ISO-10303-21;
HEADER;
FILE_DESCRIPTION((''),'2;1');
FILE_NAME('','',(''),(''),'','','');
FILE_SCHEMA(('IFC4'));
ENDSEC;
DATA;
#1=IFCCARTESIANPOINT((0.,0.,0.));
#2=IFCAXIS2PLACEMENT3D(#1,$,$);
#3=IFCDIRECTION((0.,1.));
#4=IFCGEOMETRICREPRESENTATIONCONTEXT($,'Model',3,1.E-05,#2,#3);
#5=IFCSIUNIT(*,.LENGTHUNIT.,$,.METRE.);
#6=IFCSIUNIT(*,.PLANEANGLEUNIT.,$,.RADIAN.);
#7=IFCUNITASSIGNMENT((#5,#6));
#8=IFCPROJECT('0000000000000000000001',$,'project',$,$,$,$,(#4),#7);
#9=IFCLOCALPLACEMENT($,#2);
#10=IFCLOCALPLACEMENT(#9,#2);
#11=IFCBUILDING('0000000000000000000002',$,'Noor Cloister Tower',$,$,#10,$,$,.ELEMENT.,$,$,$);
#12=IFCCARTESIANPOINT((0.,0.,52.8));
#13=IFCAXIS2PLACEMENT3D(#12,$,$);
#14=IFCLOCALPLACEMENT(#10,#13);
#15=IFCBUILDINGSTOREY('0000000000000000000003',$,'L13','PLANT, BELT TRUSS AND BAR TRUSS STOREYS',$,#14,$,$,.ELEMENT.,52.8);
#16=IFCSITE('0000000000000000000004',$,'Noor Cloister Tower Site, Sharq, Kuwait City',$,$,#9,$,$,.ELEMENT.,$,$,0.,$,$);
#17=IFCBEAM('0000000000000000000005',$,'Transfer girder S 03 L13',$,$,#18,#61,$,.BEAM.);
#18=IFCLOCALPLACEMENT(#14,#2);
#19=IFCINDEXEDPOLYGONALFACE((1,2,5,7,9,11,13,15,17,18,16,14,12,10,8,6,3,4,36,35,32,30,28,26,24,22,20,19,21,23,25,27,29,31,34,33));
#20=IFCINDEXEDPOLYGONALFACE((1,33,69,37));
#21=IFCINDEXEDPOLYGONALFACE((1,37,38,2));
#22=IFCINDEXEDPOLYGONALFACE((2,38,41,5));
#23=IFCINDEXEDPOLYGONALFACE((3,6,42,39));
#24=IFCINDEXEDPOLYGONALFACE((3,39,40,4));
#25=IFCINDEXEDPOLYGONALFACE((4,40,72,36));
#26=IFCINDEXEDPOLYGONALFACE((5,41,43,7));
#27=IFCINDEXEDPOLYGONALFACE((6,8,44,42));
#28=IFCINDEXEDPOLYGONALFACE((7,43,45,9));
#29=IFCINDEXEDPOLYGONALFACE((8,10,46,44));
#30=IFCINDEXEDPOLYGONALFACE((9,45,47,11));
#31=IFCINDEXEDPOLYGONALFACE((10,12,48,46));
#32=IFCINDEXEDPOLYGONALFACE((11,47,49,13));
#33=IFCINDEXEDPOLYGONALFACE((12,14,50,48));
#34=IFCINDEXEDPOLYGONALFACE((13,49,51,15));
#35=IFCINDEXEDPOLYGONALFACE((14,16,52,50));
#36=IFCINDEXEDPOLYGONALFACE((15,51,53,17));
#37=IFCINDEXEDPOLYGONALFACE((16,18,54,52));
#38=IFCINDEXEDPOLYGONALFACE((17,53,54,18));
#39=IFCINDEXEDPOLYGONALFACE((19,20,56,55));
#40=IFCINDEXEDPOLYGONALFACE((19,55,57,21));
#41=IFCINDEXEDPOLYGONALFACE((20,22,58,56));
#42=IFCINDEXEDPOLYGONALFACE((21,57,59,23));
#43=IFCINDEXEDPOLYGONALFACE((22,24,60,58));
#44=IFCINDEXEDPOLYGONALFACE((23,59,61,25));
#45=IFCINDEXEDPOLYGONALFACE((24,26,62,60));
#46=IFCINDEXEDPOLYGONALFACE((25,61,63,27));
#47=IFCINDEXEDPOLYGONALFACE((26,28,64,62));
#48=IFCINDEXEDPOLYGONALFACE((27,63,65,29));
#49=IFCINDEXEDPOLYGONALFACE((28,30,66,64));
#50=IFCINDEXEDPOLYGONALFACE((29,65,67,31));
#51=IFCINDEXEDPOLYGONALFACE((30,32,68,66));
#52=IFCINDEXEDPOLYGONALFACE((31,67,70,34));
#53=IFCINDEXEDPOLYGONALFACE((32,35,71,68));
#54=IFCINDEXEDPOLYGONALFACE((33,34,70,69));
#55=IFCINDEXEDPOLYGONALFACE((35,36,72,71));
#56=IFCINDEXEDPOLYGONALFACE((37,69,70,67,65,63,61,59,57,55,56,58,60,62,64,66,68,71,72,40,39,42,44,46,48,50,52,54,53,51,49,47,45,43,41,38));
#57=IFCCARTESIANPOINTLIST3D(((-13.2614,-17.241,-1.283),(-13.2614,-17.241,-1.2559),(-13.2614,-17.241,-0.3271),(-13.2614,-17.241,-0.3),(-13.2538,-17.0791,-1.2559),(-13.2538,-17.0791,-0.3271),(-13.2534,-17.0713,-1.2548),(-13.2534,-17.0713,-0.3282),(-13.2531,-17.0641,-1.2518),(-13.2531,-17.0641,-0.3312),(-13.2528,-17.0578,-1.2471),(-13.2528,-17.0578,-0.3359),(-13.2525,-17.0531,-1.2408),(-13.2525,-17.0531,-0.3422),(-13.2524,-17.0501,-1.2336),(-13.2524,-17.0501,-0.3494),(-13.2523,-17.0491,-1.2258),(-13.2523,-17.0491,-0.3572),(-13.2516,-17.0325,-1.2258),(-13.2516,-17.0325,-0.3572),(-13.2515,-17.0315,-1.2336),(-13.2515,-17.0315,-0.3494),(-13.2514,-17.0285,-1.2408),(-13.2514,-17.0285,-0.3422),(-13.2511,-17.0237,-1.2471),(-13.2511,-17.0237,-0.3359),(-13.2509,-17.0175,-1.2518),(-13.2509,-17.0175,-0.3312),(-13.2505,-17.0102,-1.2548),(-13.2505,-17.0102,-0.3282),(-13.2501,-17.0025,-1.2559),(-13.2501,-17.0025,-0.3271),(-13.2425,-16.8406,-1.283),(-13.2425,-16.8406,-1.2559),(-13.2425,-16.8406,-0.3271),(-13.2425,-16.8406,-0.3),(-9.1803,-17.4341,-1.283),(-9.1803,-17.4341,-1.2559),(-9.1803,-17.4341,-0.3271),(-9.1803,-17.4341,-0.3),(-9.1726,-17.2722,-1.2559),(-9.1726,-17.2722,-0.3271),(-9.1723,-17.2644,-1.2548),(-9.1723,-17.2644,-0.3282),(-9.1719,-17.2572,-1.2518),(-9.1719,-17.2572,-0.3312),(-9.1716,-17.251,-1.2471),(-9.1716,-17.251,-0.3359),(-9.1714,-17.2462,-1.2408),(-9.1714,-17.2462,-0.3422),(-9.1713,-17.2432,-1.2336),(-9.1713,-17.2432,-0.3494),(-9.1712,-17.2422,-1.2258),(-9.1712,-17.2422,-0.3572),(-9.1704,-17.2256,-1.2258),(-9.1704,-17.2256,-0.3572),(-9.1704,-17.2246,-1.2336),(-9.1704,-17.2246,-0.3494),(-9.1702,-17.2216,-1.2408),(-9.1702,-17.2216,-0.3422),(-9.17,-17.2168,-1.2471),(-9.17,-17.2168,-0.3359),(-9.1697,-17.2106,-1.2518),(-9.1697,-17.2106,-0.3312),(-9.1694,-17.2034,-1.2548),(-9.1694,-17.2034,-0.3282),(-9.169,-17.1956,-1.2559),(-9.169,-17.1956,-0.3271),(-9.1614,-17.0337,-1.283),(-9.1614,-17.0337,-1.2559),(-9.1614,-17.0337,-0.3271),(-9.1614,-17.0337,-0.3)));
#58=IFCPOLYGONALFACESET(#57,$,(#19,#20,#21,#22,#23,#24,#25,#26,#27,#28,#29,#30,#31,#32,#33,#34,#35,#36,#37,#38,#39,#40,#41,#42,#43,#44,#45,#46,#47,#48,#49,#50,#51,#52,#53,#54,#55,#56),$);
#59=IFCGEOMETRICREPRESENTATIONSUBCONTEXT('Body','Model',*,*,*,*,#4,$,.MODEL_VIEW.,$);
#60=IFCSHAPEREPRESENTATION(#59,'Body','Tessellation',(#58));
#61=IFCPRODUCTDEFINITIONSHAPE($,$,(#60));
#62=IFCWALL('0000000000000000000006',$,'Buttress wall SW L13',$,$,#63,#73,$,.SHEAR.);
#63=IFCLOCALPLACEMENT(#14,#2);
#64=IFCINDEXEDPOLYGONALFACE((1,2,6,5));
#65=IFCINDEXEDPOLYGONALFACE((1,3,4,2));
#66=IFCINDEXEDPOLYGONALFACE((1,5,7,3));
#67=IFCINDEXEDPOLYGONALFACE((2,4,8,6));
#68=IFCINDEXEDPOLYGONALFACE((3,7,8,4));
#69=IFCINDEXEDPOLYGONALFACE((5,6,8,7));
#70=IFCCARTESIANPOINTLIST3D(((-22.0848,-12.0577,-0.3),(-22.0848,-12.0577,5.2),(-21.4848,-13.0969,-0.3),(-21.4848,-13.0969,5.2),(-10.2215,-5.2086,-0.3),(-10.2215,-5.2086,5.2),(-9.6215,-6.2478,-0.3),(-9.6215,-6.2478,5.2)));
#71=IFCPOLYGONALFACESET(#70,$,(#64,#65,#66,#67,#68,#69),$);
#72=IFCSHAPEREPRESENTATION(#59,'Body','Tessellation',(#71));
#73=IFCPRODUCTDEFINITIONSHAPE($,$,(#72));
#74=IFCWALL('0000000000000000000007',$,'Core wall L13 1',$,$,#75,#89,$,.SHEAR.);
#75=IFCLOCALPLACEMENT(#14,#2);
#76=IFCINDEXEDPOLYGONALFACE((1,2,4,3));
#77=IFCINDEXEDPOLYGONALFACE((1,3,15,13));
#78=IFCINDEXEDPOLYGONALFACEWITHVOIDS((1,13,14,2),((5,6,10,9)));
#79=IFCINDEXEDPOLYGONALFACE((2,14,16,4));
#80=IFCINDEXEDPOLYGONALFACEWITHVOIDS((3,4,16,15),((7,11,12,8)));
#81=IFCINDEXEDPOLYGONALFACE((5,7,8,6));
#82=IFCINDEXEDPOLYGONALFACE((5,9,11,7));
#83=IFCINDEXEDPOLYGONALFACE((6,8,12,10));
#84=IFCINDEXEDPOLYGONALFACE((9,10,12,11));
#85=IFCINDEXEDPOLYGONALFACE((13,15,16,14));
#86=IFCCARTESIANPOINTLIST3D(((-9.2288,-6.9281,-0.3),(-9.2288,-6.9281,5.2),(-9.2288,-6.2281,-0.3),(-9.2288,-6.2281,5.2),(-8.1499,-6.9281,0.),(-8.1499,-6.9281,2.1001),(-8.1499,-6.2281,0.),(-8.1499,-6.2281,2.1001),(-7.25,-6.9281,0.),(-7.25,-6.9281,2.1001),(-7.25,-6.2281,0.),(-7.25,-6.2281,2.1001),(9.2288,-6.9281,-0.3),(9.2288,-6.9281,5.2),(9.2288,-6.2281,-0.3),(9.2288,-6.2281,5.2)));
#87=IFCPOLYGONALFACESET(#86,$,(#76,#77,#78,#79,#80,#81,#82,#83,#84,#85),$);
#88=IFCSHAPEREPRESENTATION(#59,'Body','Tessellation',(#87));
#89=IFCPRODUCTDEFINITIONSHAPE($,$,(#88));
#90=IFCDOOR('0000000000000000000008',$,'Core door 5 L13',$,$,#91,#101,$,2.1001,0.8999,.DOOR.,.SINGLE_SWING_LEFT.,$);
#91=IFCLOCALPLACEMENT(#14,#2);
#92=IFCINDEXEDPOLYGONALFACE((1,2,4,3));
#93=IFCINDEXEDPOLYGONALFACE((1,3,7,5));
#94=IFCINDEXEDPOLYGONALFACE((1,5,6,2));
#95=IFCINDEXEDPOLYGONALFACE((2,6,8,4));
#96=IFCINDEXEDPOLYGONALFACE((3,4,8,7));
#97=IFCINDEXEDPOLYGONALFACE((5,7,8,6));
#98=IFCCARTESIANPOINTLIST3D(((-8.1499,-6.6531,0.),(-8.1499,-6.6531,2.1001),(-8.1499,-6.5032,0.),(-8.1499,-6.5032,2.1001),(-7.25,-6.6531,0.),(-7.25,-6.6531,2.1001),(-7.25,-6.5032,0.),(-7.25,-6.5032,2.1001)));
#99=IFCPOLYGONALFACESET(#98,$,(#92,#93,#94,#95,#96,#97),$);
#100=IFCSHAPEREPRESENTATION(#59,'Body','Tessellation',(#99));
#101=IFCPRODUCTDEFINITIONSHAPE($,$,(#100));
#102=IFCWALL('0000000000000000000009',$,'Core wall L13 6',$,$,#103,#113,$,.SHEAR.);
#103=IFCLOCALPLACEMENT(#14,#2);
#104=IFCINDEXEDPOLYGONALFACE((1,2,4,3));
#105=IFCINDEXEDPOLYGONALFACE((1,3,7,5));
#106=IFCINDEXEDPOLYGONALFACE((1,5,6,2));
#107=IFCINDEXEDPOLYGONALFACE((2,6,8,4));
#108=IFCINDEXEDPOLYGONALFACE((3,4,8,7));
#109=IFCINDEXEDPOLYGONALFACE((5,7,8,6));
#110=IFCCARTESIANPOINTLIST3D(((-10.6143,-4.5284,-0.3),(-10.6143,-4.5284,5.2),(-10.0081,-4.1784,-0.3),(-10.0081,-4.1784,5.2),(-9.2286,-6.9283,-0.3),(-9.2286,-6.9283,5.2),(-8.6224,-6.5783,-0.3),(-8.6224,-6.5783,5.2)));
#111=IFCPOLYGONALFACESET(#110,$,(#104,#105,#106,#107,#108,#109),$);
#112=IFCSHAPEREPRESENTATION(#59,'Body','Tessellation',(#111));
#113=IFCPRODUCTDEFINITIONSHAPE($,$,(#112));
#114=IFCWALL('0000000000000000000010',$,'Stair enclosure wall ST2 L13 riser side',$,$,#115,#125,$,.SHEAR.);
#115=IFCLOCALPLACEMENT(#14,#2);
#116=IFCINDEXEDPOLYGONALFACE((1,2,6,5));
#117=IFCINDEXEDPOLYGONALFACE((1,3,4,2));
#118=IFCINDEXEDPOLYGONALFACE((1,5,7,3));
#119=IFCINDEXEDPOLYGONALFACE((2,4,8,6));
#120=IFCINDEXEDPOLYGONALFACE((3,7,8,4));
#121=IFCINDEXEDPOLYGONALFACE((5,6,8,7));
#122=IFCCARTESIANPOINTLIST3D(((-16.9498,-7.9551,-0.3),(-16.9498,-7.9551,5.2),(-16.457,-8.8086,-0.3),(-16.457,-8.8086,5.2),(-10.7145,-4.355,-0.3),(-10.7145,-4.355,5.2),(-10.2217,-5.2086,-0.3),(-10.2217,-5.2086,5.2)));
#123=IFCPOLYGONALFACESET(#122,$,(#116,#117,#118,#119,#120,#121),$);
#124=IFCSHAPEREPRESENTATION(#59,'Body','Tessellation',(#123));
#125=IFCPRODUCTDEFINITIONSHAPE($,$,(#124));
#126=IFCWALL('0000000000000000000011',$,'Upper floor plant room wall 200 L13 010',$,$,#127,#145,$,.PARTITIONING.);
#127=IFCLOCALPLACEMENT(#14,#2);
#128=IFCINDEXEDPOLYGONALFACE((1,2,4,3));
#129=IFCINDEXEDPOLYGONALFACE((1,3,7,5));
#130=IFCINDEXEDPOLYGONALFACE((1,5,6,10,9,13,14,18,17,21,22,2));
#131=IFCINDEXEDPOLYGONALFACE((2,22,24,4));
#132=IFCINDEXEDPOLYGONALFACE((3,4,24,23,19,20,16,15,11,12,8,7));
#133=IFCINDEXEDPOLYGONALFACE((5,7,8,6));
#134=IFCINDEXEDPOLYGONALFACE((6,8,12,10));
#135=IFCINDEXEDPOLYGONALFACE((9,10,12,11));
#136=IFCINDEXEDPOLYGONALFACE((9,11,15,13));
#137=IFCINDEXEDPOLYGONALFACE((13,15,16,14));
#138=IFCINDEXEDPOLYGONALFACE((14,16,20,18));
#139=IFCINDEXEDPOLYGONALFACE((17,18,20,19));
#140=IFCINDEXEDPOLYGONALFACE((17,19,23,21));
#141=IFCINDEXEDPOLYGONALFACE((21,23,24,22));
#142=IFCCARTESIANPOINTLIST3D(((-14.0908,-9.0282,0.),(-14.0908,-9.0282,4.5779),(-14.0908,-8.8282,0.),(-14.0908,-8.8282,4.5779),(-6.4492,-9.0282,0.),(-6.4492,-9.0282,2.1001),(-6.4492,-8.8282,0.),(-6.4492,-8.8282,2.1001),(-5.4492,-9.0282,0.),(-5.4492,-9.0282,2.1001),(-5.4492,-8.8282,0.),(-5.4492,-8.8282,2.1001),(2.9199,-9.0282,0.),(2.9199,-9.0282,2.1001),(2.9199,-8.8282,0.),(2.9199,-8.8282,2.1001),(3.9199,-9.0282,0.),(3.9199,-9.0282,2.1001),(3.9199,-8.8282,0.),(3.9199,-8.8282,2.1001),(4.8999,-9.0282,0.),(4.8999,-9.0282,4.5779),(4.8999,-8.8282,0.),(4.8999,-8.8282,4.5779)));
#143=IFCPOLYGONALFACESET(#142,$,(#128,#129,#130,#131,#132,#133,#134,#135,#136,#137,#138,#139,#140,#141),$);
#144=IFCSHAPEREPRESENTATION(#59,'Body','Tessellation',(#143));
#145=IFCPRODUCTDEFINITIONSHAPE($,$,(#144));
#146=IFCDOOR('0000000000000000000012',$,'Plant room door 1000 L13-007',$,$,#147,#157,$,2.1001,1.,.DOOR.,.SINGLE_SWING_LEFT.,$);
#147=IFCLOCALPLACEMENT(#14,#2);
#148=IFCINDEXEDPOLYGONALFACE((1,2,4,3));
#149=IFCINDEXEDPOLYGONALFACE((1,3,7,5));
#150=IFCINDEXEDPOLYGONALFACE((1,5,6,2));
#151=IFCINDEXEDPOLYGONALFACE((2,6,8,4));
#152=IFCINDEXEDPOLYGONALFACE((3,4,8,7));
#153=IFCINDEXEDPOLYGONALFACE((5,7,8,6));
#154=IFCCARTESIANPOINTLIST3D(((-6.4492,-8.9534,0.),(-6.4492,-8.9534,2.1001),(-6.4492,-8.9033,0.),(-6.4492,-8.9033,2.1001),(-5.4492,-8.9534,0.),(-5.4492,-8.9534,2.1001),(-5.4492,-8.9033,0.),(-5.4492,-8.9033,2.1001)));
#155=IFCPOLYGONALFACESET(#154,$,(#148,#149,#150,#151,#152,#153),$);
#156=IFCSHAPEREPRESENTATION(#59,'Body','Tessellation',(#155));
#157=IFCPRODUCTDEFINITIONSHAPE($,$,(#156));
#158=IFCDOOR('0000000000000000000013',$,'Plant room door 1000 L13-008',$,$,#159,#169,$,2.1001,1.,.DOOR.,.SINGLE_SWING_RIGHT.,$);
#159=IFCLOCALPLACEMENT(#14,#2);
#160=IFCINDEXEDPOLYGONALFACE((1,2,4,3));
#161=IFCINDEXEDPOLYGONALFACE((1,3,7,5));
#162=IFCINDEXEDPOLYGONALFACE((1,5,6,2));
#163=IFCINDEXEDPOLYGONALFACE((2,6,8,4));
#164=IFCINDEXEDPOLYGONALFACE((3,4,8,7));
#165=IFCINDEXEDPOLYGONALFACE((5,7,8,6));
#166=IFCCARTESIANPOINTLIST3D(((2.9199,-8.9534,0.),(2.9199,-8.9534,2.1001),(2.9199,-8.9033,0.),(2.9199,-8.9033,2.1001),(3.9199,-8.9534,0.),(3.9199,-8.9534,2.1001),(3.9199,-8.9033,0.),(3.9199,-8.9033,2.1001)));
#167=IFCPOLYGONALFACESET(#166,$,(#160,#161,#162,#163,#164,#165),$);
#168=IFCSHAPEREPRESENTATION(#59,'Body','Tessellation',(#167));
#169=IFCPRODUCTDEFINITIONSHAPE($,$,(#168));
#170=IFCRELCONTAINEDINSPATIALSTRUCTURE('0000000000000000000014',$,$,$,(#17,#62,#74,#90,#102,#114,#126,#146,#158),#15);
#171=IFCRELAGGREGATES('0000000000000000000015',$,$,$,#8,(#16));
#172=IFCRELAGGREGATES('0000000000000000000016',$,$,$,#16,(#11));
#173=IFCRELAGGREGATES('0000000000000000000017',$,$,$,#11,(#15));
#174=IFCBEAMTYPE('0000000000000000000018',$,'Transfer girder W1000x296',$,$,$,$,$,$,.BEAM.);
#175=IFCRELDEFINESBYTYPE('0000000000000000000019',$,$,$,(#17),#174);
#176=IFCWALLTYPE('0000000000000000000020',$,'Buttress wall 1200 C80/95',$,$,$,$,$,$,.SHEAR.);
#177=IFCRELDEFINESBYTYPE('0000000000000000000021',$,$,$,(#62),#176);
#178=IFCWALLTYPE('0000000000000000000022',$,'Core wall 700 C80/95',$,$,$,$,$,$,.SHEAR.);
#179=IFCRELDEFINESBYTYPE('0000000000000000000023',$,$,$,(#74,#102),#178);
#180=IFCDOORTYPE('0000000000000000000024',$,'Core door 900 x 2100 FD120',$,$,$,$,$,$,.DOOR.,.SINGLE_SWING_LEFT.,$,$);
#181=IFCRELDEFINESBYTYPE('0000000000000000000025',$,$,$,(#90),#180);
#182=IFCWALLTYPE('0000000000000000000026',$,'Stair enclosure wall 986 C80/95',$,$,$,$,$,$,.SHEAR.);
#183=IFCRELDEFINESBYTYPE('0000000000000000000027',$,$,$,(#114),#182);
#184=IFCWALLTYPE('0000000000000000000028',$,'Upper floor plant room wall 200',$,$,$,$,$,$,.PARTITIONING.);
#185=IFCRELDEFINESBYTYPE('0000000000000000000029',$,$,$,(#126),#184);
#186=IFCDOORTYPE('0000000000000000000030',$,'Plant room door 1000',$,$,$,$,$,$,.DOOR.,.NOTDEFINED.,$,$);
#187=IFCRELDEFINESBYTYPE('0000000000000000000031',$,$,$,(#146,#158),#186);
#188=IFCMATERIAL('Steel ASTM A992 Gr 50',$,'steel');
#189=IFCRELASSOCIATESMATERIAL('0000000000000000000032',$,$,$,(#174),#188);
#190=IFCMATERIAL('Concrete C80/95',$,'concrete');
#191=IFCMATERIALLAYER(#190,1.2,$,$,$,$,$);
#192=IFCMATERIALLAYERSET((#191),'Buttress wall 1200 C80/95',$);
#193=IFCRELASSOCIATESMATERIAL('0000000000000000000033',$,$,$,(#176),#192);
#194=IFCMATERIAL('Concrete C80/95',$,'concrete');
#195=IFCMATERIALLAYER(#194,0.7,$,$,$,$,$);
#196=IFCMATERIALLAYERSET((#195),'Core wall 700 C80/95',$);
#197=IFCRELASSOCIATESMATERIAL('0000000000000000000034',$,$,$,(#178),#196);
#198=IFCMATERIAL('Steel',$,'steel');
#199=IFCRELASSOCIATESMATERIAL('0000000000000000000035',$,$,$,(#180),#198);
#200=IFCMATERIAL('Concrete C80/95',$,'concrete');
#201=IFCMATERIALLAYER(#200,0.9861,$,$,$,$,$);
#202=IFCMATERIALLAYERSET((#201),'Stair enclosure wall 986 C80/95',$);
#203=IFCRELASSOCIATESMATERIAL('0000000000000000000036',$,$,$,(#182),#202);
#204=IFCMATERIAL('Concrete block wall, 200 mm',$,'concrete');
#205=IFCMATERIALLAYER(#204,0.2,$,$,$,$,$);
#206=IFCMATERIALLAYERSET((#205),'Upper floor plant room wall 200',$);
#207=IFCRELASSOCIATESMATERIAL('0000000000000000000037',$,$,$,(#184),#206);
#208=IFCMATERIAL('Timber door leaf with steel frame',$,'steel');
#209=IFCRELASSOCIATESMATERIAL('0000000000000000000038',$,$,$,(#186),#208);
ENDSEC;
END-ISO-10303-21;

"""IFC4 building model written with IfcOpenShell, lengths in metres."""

from ifc_helpers import new_model, si_unit, direction, frame, frame_2d, origin, origin_2d, place, context, subcontext, project, spatial, rectangle, i_section, extrude, material, layer, layer_set, material_profile, profile_set, type_object, element, fill, save


model = new_model("IFC4")

# Units and contexts
model_context = context("Model", 3, precision=1e-05, world=origin(), true_north=direction((0.0, 1.0)))
body_context = subcontext(model_context, "Body", "Model", "MODEL_VIEW")
ifc_project = project(units=[si_unit("LENGTHUNIT", "METRE"), si_unit("PLANEANGLEUNIT", "RADIAN")], contexts=[model_context])

# Site, building, storey
site_placement = place(None, origin())
site = spatial("IfcSite", under=ifc_project, at=site_placement, Name="Noor Cloister Tower Site, Sharq, Kuwait City", CompositionType="ELEMENT", RefElevation=0.0)
building_placement = place(site_placement, origin())
building = spatial("IfcBuilding", under=site, at=building_placement, Name="Noor Cloister Tower", CompositionType="ELEMENT")
storey_placement = place(building_placement, frame((0.0, 0.0, 52.8)))
storey = spatial("IfcBuildingStorey", under=building, at=storey_placement, Name="L13", Description="PLANT, BELT TRUSS AND BAR TRUSS STOREYS", CompositionType="ELEMENT", Elevation=52.8)

# Beam
ifc_material_1 = material(Name="Steel ASTM A992 Gr 50", Category="steel")
ifc_material_profile_1 = material_profile(ifc_material_1, i_section(OverallWidth=0.4009, OverallDepth=0.9829, WebThickness=0.0166, FlangeThickness=0.0271, FilletRadius=0.03, at=origin_2d()), Name="W1000x296")
ifc_profile_set_1 = profile_set([ifc_material_profile_1], Name="Steel ASTM A992 Gr 50")
beam_type = type_object("IfcBeamType", Name="Transfer girder W1000x296", PredefinedType="BEAM", material=ifc_profile_set_1)
beam_placement = place(storey_placement, frame((-13.252, -17.0408, -0.7915), z_axis=(0.998882, -0.047267, 0.0), x_axis=(0.047267, 0.998882, 0.0)))
element("IfcBeam", 1, at=beam_placement, inside=storey, type_object=beam_type, Name="Transfer girder S 03 L13", PredefinedType="BEAM", context=body_context, shape_type="SweptSolid", body=[
    extrude(i_section(OverallWidth=0.4009, OverallDepth=0.9829, WebThickness=0.0166, FlangeThickness=0.0271, FilletRadius=0.03, at=origin_2d()), origin(), (0.0, 0.0, 1.0), 4.0857),
])

# Wall
ifc_material_2 = material(Name="Concrete C80/95", Category="concrete")
ifc_layer_1 = layer(ifc_material_2, 1.2)
ifc_layer_set_1 = layer_set([ifc_layer_1], Name="Buttress wall 1200 C80/95")
wall_type_1 = type_object("IfcWallType", Name="Buttress wall 1200 C80/95", PredefinedType="SHEAR", material=ifc_layer_set_1)
wall_1_placement = place(storey_placement, frame((-9.9216, -5.7283, -0.3), z_axis=(0.0, 0.0, 1.0), x_axis=(-0.86603, -0.499992, 0.0)))
element("IfcWall", 2, at=wall_1_placement, inside=storey, type_object=wall_type_1, Name="Buttress wall SW L13", PredefinedType="SHEAR", context=body_context, shape_type="SweptSolid", body=[
    extrude(rectangle(XDim=13.6985, YDim=1.2, at=frame_2d((6.8491, 0.0))), origin(), (0.0, 0.0, 1.0), 5.5),
])

# Wall, opening, door
ifc_material_3 = material(Name="Concrete C80/95", Category="concrete")
ifc_layer_2 = layer(ifc_material_3, 0.7)
ifc_layer_set_2 = layer_set([ifc_layer_2], Name="Core wall 700 C80/95")
wall_type_2 = type_object("IfcWallType", Name="Core wall 700 C80/95", PredefinedType="SHEAR", material=ifc_layer_set_2)
wall_2_placement = place(storey_placement, frame((-9.2288, -6.5781, -0.3), z_axis=(0.0, 0.0, 1.0), x_axis=(1.0, 0.0, 0.0)))
wall_2 = element("IfcWall", 3, at=wall_2_placement, inside=storey, type_object=wall_type_2, Name="Core wall L13 1", PredefinedType="SHEAR", context=body_context, shape_type="SweptSolid", body=[
    extrude(rectangle(XDim=18.4575, YDim=0.7, at=frame_2d((9.2288, 0.0))), origin(), (0.0, 0.0, 1.0), 5.5),
])
opening_1_placement = place(wall_2_placement, frame((1.0789, 0.0, 0.3)))
opening_1 = element("IfcOpeningElement", 4, at=opening_1_placement, cuts=wall_2, PredefinedType="OPENING", context=body_context, shape_type="SweptSolid", body=[
    extrude(rectangle(XDim=0.8999, YDim=2.1001, at=frame_2d((0.45, 1.05))), frame((0.0, 0.3599, 0.0), z_axis=(0.0, -1.0, 0.0), x_axis=(1.0, 0.0, 0.0)), (0.0, 0.0, 1.0), 0.72),
])
ifc_material_4 = material(Name="Steel", Category="steel")
door_type_1 = type_object("IfcDoorType", Name="Core door 900 x 2100 FD120", OperationType="SINGLE_SWING_LEFT", PredefinedType="DOOR", material=ifc_material_4)
door_1_placement = place(opening_1_placement, origin())
door_1 = element("IfcDoor", 5, at=door_1_placement, inside=storey, type_object=door_type_1, Name="Core door 5 L13", OperationType="SINGLE_SWING_LEFT", OverallHeight=2.1001, OverallWidth=0.8999, PredefinedType="DOOR", context=body_context, shape_type="SweptSolid", body=[
    extrude(rectangle(XDim=0.8999, YDim=2.1001, at=frame_2d((0.45, 1.05))), frame((0.0, 0.075, 0.0), z_axis=(0.0, -1.0, 0.0), x_axis=(1.0, 0.0, 0.0)), (0.0, 0.0, 1.0), 0.1499),
])
fill(opening_1, door_1)

# Walls
wall_3_placement = place(storey_placement, frame((-10.3113, -4.3533, -0.3), z_axis=(0.0, 0.0, 1.0), x_axis=(0.500043, -0.866001, 0.0)))
element("IfcWall", 6, at=wall_3_placement, inside=storey, type_object=wall_type_2, Name="Core wall L13 6", PredefinedType="SHEAR", context=body_context, shape_type="SweptSolid", body=[
    extrude(rectangle(XDim=2.7712, YDim=0.7, at=frame_2d((1.3857, 0.0))), origin(), (0.0, 0.0, 1.0), 5.5),
])
ifc_material_5 = material(Name="Concrete C80/95", Category="concrete")
ifc_layer_3 = layer(ifc_material_5, 0.9861)
ifc_layer_set_3 = layer_set([ifc_layer_3], Name="Stair enclosure wall 986 C80/95")
wall_type_3 = type_object("IfcWallType", Name="Stair enclosure wall 986 C80/95", PredefinedType="SHEAR", material=ifc_layer_set_3)
wall_4_placement = place(storey_placement, frame((-10.468, -4.7817, -0.3), z_axis=(0.0, 0.0, 1.0), x_axis=(-0.866018, -0.500012, 0.0)))
element("IfcWall", 7, at=wall_4_placement, inside=storey, type_object=wall_type_3, Name="Stair enclosure wall ST2 L13 riser side", PredefinedType="SHEAR", context=body_context, shape_type="SweptSolid", body=[
    extrude(rectangle(XDim=7.2, YDim=0.9856, at=frame_2d((3.6001, 0.0))), origin(), (0.0, 0.0, 1.0), 5.5),
])

# Wall, openings, doors
ifc_material_6 = material(Name="Concrete block wall, 200 mm", Category="concrete")
ifc_layer_4 = layer(ifc_material_6, 0.2)
ifc_layer_set_4 = layer_set([ifc_layer_4], Name="Upper floor plant room wall 200")
wall_type_4 = type_object("IfcWallType", Name="Upper floor plant room wall 200", PredefinedType="PARTITIONING", material=ifc_layer_set_4)
wall_5_placement = place(storey_placement, frame((-14.0908, -8.9282, 0.0), z_axis=(0.0, 0.0, 1.0), x_axis=(1.0, 0.0, 0.0)))
wall_5 = element("IfcWall", 8, at=wall_5_placement, inside=storey, type_object=wall_type_4, Name="Upper floor plant room wall 200 L13 010", PredefinedType="PARTITIONING", context=body_context, shape_type="SweptSolid", body=[
    extrude(rectangle(XDim=18.9907, YDim=0.2, at=frame_2d((9.4954, 0.0))), origin(), (0.0, 0.0, 1.0), 4.5779),
])
opening_2_placement = place(wall_5_placement, frame((7.6416, 0.0, 0.0)))
opening_2 = element("IfcOpeningElement", 9, at=opening_2_placement, cuts=wall_5, PredefinedType="OPENING", context=body_context, shape_type="SweptSolid", body=[
    extrude(rectangle(XDim=1.0, YDim=2.1001, at=frame_2d((0.5, 1.05))), frame((0.0, 0.1099, 0.0), z_axis=(0.0, -1.0, 0.0), x_axis=(1.0, 0.0, 0.0)), (0.0, 0.0, 1.0), 0.22),
])
opening_3_placement = place(wall_5_placement, frame((17.0107, 0.0, 0.0)))
opening_3 = element("IfcOpeningElement", 10, at=opening_3_placement, cuts=wall_5, PredefinedType="OPENING", context=body_context, shape_type="SweptSolid", body=[
    extrude(rectangle(XDim=1.0, YDim=2.1001, at=frame_2d((0.5, 1.05))), frame((0.0, 0.1099, 0.0), z_axis=(0.0, -1.0, 0.0), x_axis=(1.0, 0.0, 0.0)), (0.0, 0.0, 1.0), 0.22),
])
ifc_material_7 = material(Name="Timber door leaf with steel frame", Category="steel")
door_type_2 = type_object("IfcDoorType", Name="Plant room door 1000", OperationType="NOTDEFINED", PredefinedType="DOOR", material=ifc_material_7)
door_2_placement = place(opening_2_placement, origin())
door_2 = element("IfcDoor", 11, at=door_2_placement, inside=storey, type_object=door_type_2, Name="Plant room door 1000 L13-007", OperationType="SINGLE_SWING_LEFT", OverallHeight=2.1001, OverallWidth=1.0, PredefinedType="DOOR", context=body_context, shape_type="SweptSolid", body=[
    extrude(rectangle(XDim=1.0, YDim=2.1001, at=frame_2d((0.5, 1.05))), frame((0.0, 0.0249, 0.0), z_axis=(0.0, -1.0, 0.0), x_axis=(1.0, 0.0, 0.0)), (0.0, 0.0, 1.0), 0.05),
])
fill(opening_2, door_2)
door_3_placement = place(opening_3_placement, origin())
door_3 = element("IfcDoor", 12, at=door_3_placement, inside=storey, type_object=door_type_2, Name="Plant room door 1000 L13-008", OperationType="SINGLE_SWING_RIGHT", OverallHeight=2.1001, OverallWidth=1.0, PredefinedType="DOOR", context=body_context, shape_type="SweptSolid", body=[
    extrude(rectangle(XDim=1.0, YDim=2.1001, at=frame_2d((0.5, 1.05))), frame((0.0, 0.0249, 0.0), z_axis=(0.0, -1.0, 0.0), x_axis=(1.0, 0.0, 0.0)), (0.0, 0.0, 1.0), 0.05),
])
fill(opening_3, door_3)

save(model, "model.ifc")
